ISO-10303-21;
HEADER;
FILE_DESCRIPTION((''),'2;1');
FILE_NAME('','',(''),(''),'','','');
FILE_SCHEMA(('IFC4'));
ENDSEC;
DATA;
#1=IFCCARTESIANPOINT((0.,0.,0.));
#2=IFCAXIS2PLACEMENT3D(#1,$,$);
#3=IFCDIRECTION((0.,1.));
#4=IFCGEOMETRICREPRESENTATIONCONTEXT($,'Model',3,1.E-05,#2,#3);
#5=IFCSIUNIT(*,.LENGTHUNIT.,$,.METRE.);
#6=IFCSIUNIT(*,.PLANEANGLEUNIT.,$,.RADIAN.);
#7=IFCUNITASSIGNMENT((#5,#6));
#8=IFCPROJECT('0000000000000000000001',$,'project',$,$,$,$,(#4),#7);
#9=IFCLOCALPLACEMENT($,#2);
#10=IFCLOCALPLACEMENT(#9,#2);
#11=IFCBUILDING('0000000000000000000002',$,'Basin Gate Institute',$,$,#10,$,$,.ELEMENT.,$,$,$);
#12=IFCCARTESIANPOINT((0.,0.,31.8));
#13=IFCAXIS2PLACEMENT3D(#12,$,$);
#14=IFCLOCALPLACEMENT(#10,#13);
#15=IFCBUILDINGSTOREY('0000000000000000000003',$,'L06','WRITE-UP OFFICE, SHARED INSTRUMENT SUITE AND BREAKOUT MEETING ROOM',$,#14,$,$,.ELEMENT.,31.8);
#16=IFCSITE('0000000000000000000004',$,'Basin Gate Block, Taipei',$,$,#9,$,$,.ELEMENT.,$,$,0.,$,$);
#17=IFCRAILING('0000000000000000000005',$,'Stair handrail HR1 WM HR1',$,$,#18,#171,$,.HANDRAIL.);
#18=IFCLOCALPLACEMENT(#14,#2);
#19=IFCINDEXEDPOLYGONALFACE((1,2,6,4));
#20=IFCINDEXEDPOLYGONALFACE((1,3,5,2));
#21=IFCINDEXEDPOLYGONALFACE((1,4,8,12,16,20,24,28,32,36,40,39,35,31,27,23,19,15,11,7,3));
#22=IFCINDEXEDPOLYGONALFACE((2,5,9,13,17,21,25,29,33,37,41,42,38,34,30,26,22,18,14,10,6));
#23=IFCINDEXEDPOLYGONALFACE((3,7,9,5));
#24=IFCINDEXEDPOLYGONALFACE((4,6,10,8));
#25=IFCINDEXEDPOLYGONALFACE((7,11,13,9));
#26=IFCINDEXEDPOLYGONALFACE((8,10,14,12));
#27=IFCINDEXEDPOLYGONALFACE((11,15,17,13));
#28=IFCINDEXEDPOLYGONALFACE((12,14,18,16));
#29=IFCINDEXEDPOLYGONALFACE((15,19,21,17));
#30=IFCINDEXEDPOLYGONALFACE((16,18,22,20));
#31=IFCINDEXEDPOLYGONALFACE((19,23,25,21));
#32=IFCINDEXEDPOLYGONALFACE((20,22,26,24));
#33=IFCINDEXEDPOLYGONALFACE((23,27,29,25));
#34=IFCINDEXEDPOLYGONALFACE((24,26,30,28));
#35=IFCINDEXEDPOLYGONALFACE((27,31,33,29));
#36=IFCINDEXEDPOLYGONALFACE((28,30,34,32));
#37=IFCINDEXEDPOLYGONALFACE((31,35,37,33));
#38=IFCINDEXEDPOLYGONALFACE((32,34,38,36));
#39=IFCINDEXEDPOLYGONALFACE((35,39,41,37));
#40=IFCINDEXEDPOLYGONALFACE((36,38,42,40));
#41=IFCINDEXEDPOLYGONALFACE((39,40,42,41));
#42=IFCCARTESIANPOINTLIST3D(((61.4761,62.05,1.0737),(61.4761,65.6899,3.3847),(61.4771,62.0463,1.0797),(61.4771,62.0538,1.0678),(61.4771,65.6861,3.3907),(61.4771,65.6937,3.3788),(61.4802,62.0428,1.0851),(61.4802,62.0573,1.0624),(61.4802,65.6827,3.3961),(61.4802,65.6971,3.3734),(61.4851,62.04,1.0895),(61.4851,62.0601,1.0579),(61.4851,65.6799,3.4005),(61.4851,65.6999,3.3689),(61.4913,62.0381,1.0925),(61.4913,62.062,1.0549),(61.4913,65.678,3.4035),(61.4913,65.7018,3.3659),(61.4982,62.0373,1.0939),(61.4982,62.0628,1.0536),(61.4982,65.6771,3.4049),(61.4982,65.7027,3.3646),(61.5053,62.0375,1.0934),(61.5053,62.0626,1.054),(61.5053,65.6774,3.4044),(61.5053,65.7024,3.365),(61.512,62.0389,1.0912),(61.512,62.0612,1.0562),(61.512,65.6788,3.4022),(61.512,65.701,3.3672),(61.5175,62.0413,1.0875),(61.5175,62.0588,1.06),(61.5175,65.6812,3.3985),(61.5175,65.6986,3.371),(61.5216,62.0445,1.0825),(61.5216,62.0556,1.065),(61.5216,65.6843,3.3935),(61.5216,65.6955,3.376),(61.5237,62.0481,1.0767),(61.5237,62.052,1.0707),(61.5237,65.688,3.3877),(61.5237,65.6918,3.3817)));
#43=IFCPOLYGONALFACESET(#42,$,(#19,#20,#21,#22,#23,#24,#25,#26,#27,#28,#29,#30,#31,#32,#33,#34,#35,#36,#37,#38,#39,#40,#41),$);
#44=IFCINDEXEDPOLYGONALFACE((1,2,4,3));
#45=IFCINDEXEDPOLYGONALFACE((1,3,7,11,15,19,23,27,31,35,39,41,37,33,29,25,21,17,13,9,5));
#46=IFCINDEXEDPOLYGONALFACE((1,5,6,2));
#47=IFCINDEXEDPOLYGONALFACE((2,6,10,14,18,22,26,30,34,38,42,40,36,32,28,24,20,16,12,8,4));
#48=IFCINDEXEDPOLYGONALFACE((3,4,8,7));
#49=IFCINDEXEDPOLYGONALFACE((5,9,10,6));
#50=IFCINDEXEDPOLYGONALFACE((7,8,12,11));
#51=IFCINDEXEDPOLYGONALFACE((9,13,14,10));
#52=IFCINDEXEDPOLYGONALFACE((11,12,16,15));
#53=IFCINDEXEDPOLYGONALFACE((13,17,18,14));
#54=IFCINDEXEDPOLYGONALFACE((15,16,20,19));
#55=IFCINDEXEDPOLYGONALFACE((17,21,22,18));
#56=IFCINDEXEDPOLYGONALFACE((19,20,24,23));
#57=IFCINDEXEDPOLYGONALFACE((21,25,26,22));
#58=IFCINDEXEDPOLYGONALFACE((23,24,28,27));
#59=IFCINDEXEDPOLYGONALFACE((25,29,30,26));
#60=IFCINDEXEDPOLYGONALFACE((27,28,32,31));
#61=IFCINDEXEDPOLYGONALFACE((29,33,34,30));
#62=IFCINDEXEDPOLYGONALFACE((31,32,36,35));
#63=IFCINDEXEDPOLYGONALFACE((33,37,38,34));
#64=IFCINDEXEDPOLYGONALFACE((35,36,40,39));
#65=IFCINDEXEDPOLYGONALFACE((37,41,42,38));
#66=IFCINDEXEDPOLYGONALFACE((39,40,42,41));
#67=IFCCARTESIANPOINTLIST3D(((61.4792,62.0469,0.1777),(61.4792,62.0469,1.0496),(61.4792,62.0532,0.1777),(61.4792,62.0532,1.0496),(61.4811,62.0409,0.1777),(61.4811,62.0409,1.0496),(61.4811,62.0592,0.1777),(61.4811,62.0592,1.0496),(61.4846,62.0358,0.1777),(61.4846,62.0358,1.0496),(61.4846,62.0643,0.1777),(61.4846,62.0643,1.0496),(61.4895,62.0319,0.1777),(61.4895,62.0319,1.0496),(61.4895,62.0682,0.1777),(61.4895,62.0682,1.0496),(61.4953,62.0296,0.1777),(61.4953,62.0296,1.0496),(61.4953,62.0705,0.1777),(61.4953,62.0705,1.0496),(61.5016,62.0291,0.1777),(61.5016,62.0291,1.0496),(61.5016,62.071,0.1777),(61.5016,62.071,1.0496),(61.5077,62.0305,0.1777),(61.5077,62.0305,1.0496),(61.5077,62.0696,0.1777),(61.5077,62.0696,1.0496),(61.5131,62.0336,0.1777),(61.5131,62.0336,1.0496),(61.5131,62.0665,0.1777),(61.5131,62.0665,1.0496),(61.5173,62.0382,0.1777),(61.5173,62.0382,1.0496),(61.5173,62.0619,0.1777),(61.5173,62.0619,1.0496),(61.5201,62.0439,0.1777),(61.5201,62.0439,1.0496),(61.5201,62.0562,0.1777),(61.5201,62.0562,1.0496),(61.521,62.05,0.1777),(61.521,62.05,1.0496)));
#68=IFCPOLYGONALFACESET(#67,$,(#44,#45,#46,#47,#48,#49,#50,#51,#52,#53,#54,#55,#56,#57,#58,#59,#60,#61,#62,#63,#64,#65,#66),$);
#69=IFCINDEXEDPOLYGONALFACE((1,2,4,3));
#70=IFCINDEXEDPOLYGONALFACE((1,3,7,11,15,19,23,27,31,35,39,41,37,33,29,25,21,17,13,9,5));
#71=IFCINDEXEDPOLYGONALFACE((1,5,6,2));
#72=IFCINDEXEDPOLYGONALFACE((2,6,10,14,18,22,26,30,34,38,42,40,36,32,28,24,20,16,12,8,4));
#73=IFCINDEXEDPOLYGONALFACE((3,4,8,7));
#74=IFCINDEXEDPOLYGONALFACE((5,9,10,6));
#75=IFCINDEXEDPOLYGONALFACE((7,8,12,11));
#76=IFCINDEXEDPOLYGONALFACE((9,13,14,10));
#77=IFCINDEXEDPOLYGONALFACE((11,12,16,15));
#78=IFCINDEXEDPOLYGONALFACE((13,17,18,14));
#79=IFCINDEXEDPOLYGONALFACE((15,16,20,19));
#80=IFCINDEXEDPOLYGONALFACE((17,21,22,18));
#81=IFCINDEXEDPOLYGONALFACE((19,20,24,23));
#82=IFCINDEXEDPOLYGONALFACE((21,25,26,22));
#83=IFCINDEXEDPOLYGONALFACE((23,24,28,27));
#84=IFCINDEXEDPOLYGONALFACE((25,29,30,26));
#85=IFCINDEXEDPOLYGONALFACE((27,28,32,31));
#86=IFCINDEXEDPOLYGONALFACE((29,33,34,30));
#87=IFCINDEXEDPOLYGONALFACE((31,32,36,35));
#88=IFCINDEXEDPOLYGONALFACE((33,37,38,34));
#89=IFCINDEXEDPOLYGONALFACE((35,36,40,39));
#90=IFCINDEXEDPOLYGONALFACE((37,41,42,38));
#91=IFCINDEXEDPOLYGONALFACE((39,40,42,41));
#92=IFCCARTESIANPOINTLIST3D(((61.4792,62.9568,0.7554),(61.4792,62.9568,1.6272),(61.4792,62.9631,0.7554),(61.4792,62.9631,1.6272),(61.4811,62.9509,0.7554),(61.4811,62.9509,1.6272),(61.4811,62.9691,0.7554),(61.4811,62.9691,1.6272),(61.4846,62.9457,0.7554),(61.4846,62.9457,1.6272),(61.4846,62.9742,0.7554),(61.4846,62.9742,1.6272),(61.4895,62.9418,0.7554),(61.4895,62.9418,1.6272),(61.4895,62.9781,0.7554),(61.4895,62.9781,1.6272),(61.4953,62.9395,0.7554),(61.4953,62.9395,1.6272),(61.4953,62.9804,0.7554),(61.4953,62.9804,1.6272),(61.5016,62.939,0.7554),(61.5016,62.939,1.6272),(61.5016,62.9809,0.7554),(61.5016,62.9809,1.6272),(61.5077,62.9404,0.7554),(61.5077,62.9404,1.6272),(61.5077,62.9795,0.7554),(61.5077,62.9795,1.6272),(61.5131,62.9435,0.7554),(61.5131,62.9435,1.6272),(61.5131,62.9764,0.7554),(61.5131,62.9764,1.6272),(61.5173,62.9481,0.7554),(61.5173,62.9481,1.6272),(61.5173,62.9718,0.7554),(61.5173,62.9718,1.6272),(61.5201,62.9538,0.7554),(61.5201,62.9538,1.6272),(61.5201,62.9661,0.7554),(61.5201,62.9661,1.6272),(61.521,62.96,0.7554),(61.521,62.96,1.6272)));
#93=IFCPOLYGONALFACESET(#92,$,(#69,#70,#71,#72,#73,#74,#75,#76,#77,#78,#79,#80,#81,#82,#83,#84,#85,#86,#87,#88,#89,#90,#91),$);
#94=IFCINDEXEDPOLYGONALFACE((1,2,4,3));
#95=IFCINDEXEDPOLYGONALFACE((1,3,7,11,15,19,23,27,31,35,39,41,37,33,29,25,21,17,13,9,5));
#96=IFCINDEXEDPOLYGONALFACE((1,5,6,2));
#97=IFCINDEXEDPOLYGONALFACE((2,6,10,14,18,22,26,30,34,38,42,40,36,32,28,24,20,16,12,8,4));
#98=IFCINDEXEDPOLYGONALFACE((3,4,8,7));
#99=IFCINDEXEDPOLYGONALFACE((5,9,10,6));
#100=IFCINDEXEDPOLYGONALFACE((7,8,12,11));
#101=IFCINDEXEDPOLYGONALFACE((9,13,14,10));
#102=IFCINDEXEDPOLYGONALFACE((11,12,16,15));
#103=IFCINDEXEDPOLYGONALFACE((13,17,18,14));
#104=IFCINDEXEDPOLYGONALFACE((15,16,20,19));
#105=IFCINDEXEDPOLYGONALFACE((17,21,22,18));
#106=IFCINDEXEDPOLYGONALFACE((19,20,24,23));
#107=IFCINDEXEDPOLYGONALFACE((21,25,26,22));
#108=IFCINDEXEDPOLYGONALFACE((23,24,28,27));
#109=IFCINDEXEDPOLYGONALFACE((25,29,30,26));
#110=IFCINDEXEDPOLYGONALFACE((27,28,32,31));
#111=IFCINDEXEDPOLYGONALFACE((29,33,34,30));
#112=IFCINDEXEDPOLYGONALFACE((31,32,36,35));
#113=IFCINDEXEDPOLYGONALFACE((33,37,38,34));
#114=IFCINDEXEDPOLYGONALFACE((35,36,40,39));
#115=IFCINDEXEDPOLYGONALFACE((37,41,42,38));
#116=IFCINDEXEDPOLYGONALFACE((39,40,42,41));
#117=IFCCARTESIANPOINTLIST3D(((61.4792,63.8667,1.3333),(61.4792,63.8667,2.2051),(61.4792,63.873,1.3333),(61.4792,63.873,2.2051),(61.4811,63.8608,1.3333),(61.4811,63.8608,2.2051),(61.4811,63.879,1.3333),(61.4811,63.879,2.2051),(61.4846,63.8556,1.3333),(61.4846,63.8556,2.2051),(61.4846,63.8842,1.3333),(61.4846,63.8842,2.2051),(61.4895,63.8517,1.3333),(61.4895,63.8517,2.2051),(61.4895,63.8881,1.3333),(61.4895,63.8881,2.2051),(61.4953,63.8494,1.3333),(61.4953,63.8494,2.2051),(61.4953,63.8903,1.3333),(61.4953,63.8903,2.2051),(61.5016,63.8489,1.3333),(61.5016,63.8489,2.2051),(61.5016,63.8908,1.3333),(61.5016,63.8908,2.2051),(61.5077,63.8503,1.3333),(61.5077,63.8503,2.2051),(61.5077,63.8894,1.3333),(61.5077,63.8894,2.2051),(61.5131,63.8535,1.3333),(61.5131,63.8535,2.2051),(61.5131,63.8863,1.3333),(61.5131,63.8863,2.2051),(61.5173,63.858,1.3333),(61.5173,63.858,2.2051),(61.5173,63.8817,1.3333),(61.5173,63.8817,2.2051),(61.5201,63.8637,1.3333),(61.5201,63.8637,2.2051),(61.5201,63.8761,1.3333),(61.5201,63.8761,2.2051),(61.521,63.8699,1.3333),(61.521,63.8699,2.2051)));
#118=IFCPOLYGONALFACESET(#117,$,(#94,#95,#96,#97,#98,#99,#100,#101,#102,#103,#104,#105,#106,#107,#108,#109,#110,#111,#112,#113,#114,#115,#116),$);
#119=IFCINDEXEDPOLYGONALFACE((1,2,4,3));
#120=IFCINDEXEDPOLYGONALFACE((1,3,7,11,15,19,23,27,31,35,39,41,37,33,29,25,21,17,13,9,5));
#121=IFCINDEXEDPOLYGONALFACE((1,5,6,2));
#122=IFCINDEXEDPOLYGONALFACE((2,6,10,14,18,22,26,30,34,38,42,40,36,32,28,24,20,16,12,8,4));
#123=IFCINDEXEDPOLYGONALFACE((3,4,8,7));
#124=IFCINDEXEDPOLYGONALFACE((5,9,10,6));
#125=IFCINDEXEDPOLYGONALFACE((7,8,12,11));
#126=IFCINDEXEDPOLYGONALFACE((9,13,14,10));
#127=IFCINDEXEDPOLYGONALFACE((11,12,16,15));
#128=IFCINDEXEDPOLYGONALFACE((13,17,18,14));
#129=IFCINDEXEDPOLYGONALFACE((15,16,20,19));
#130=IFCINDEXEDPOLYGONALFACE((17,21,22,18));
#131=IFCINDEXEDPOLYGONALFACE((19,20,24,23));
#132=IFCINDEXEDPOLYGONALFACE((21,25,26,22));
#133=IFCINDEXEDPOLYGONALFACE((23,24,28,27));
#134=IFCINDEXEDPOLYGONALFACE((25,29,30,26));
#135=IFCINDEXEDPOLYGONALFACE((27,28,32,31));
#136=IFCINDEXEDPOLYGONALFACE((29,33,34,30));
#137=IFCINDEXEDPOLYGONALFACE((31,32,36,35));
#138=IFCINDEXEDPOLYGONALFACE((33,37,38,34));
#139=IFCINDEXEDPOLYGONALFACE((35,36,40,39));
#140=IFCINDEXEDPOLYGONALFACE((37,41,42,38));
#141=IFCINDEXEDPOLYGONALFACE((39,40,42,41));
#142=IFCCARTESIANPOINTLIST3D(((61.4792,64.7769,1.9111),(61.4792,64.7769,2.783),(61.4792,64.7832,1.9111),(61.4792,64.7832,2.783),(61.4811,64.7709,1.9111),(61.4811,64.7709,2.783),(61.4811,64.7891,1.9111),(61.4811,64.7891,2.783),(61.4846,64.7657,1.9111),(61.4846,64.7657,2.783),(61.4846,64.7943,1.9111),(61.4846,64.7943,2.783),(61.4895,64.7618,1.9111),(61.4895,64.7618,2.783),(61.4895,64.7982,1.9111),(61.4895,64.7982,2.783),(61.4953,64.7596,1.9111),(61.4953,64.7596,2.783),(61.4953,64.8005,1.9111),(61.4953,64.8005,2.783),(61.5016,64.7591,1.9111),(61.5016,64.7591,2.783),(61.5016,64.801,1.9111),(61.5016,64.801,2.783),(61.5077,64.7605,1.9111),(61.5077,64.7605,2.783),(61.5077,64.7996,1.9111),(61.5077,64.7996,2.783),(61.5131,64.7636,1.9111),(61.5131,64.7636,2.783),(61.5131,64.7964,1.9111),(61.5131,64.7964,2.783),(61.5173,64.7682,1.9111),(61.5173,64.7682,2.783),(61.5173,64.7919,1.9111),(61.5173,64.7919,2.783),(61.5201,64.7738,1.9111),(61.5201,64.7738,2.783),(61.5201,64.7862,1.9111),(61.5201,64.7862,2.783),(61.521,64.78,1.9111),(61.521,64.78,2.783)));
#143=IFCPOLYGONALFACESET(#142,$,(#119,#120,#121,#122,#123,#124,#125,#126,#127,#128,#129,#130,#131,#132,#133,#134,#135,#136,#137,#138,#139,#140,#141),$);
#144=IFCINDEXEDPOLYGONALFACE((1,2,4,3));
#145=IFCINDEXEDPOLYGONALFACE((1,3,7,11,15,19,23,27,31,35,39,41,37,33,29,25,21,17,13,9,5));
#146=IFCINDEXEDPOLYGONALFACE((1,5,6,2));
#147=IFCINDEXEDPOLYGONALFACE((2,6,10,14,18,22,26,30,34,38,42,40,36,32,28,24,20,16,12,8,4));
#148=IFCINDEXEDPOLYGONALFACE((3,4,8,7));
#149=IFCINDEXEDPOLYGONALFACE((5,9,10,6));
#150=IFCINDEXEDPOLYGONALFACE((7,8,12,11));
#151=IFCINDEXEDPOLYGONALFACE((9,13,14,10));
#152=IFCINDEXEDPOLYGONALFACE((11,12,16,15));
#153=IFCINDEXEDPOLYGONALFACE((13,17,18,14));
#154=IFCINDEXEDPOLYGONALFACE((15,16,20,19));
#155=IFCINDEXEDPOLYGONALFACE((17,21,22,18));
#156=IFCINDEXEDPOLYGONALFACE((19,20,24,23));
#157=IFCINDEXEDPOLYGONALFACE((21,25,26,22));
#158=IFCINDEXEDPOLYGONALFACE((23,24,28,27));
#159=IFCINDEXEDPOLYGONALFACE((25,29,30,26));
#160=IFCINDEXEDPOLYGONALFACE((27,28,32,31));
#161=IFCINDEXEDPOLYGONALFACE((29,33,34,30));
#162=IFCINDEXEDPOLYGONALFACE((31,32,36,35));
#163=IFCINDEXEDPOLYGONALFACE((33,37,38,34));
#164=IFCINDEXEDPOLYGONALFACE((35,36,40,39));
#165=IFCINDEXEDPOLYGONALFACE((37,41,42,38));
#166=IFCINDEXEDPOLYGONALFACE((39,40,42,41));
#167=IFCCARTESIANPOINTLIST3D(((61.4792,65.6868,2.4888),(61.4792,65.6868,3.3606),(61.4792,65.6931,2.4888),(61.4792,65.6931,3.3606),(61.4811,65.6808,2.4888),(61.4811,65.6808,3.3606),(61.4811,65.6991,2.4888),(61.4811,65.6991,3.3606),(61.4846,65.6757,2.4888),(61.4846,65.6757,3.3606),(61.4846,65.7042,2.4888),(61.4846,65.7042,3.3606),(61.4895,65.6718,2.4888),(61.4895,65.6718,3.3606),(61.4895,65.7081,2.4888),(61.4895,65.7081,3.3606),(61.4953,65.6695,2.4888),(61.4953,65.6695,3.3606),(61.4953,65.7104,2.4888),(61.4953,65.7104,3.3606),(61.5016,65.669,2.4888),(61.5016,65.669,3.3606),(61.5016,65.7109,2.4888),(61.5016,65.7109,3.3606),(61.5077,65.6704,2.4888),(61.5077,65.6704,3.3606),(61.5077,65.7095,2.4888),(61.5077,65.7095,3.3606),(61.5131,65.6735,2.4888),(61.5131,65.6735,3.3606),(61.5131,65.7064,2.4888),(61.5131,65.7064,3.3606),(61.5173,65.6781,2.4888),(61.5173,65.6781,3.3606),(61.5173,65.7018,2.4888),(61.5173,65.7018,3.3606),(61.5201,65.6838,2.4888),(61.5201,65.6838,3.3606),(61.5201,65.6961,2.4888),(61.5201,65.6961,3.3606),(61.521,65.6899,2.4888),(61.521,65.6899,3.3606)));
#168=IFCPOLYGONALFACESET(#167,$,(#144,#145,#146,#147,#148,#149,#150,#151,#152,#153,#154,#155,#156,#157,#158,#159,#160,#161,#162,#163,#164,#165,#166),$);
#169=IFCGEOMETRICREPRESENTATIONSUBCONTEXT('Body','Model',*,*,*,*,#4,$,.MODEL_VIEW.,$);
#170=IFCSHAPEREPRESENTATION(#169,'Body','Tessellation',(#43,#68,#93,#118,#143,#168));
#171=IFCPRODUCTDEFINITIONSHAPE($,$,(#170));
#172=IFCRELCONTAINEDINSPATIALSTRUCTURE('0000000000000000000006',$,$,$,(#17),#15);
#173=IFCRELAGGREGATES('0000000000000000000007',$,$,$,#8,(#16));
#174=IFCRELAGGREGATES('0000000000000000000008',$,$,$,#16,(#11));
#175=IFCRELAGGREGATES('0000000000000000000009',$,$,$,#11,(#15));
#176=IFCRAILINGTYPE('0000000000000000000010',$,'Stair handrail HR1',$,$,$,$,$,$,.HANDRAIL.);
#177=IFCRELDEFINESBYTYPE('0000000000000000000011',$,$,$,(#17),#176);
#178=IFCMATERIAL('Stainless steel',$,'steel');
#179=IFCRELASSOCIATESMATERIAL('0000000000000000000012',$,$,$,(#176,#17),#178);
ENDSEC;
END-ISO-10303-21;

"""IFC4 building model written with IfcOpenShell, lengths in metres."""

from ifc_helpers import new_model, si_unit, direction, frame, origin, origin_2d, place, context, subcontext, project, spatial, circle, extrude, material, type_object, element, save


model = new_model("IFC4")

# Units and contexts
model_context = context("Model", 3, precision=1e-05, world=origin(), true_north=direction((0.0, 1.0)))
body_context = subcontext(model_context, "Body", "Model", "MODEL_VIEW")
ifc_project = project(units=[si_unit("LENGTHUNIT", "METRE"), si_unit("PLANEANGLEUNIT", "RADIAN")], contexts=[model_context])

# Site, building, storey
site_placement = place(None, origin())
site = spatial("IfcSite", under=ifc_project, at=site_placement, Name="Basin Gate Block, Taipei", CompositionType="ELEMENT", RefElevation=0.0)
building_placement = place(site_placement, origin())
building = spatial("IfcBuilding", under=site, at=building_placement, Name="Basin Gate Institute", CompositionType="ELEMENT")
storey_placement = place(building_placement, frame((0.0, 0.0, 31.8)))
storey = spatial("IfcBuildingStorey", under=building, at=storey_placement, Name="L06", Description="WRITE-UP OFFICE, SHARED INSTRUMENT SUITE AND BREAKOUT MEETING ROOM", CompositionType="ELEMENT", Elevation=31.8)

# Railing
ifc_material_1 = material(Name="Stainless steel", Category="steel")
railing_type_1 = type_object("IfcRailingType", Name="Stair handrail HR1", PredefinedType="HANDRAIL", material=ifc_material_1)
for number, where, name in (
    (1, (61.5, 62.05, 0.1777), "Stair handrail HR1 WM HR1"),
):
    element("IfcRailing", number, at=place(storey_placement, frame(where)), inside=storey, type_object=railing_type_1, material=ifc_material_1, Name=name, PredefinedType="HANDRAIL", context=body_context, shape_type="SweptSolid", body=[
        extrude(circle(Radius=0.0239, at=origin_2d()), frame((0.0, 0.0, 0.896), z_axis=(0.0, 0.844214, 0.536007), x_axis=(-1.0, 0.0, 0.0)), (0.0, 0.0, 1.0), 4.3115),
        extrude(circle(Radius=0.021, at=origin_2d()), origin(), (0.0, 0.0, 1.0), 0.8718),
        extrude(circle(Radius=0.021, at=origin_2d()), frame((0.0, 0.9099, 0.5776)), (0.0, 0.0, 1.0), 0.8718),
        extrude(circle(Radius=0.021, at=origin_2d()), frame((0.0, 1.8198, 1.1555)), (0.0, 0.0, 1.0), 0.8718),
        extrude(circle(Radius=0.021, at=origin_2d()), frame((0.0, 2.73, 1.7334)), (0.0, 0.0, 1.0), 0.8718),
        extrude(circle(Radius=0.021, at=origin_2d()), frame((0.0, 3.6399, 2.311)), (0.0, 0.0, 1.0), 0.8718),
    ])

save(model, "model.ifc")
